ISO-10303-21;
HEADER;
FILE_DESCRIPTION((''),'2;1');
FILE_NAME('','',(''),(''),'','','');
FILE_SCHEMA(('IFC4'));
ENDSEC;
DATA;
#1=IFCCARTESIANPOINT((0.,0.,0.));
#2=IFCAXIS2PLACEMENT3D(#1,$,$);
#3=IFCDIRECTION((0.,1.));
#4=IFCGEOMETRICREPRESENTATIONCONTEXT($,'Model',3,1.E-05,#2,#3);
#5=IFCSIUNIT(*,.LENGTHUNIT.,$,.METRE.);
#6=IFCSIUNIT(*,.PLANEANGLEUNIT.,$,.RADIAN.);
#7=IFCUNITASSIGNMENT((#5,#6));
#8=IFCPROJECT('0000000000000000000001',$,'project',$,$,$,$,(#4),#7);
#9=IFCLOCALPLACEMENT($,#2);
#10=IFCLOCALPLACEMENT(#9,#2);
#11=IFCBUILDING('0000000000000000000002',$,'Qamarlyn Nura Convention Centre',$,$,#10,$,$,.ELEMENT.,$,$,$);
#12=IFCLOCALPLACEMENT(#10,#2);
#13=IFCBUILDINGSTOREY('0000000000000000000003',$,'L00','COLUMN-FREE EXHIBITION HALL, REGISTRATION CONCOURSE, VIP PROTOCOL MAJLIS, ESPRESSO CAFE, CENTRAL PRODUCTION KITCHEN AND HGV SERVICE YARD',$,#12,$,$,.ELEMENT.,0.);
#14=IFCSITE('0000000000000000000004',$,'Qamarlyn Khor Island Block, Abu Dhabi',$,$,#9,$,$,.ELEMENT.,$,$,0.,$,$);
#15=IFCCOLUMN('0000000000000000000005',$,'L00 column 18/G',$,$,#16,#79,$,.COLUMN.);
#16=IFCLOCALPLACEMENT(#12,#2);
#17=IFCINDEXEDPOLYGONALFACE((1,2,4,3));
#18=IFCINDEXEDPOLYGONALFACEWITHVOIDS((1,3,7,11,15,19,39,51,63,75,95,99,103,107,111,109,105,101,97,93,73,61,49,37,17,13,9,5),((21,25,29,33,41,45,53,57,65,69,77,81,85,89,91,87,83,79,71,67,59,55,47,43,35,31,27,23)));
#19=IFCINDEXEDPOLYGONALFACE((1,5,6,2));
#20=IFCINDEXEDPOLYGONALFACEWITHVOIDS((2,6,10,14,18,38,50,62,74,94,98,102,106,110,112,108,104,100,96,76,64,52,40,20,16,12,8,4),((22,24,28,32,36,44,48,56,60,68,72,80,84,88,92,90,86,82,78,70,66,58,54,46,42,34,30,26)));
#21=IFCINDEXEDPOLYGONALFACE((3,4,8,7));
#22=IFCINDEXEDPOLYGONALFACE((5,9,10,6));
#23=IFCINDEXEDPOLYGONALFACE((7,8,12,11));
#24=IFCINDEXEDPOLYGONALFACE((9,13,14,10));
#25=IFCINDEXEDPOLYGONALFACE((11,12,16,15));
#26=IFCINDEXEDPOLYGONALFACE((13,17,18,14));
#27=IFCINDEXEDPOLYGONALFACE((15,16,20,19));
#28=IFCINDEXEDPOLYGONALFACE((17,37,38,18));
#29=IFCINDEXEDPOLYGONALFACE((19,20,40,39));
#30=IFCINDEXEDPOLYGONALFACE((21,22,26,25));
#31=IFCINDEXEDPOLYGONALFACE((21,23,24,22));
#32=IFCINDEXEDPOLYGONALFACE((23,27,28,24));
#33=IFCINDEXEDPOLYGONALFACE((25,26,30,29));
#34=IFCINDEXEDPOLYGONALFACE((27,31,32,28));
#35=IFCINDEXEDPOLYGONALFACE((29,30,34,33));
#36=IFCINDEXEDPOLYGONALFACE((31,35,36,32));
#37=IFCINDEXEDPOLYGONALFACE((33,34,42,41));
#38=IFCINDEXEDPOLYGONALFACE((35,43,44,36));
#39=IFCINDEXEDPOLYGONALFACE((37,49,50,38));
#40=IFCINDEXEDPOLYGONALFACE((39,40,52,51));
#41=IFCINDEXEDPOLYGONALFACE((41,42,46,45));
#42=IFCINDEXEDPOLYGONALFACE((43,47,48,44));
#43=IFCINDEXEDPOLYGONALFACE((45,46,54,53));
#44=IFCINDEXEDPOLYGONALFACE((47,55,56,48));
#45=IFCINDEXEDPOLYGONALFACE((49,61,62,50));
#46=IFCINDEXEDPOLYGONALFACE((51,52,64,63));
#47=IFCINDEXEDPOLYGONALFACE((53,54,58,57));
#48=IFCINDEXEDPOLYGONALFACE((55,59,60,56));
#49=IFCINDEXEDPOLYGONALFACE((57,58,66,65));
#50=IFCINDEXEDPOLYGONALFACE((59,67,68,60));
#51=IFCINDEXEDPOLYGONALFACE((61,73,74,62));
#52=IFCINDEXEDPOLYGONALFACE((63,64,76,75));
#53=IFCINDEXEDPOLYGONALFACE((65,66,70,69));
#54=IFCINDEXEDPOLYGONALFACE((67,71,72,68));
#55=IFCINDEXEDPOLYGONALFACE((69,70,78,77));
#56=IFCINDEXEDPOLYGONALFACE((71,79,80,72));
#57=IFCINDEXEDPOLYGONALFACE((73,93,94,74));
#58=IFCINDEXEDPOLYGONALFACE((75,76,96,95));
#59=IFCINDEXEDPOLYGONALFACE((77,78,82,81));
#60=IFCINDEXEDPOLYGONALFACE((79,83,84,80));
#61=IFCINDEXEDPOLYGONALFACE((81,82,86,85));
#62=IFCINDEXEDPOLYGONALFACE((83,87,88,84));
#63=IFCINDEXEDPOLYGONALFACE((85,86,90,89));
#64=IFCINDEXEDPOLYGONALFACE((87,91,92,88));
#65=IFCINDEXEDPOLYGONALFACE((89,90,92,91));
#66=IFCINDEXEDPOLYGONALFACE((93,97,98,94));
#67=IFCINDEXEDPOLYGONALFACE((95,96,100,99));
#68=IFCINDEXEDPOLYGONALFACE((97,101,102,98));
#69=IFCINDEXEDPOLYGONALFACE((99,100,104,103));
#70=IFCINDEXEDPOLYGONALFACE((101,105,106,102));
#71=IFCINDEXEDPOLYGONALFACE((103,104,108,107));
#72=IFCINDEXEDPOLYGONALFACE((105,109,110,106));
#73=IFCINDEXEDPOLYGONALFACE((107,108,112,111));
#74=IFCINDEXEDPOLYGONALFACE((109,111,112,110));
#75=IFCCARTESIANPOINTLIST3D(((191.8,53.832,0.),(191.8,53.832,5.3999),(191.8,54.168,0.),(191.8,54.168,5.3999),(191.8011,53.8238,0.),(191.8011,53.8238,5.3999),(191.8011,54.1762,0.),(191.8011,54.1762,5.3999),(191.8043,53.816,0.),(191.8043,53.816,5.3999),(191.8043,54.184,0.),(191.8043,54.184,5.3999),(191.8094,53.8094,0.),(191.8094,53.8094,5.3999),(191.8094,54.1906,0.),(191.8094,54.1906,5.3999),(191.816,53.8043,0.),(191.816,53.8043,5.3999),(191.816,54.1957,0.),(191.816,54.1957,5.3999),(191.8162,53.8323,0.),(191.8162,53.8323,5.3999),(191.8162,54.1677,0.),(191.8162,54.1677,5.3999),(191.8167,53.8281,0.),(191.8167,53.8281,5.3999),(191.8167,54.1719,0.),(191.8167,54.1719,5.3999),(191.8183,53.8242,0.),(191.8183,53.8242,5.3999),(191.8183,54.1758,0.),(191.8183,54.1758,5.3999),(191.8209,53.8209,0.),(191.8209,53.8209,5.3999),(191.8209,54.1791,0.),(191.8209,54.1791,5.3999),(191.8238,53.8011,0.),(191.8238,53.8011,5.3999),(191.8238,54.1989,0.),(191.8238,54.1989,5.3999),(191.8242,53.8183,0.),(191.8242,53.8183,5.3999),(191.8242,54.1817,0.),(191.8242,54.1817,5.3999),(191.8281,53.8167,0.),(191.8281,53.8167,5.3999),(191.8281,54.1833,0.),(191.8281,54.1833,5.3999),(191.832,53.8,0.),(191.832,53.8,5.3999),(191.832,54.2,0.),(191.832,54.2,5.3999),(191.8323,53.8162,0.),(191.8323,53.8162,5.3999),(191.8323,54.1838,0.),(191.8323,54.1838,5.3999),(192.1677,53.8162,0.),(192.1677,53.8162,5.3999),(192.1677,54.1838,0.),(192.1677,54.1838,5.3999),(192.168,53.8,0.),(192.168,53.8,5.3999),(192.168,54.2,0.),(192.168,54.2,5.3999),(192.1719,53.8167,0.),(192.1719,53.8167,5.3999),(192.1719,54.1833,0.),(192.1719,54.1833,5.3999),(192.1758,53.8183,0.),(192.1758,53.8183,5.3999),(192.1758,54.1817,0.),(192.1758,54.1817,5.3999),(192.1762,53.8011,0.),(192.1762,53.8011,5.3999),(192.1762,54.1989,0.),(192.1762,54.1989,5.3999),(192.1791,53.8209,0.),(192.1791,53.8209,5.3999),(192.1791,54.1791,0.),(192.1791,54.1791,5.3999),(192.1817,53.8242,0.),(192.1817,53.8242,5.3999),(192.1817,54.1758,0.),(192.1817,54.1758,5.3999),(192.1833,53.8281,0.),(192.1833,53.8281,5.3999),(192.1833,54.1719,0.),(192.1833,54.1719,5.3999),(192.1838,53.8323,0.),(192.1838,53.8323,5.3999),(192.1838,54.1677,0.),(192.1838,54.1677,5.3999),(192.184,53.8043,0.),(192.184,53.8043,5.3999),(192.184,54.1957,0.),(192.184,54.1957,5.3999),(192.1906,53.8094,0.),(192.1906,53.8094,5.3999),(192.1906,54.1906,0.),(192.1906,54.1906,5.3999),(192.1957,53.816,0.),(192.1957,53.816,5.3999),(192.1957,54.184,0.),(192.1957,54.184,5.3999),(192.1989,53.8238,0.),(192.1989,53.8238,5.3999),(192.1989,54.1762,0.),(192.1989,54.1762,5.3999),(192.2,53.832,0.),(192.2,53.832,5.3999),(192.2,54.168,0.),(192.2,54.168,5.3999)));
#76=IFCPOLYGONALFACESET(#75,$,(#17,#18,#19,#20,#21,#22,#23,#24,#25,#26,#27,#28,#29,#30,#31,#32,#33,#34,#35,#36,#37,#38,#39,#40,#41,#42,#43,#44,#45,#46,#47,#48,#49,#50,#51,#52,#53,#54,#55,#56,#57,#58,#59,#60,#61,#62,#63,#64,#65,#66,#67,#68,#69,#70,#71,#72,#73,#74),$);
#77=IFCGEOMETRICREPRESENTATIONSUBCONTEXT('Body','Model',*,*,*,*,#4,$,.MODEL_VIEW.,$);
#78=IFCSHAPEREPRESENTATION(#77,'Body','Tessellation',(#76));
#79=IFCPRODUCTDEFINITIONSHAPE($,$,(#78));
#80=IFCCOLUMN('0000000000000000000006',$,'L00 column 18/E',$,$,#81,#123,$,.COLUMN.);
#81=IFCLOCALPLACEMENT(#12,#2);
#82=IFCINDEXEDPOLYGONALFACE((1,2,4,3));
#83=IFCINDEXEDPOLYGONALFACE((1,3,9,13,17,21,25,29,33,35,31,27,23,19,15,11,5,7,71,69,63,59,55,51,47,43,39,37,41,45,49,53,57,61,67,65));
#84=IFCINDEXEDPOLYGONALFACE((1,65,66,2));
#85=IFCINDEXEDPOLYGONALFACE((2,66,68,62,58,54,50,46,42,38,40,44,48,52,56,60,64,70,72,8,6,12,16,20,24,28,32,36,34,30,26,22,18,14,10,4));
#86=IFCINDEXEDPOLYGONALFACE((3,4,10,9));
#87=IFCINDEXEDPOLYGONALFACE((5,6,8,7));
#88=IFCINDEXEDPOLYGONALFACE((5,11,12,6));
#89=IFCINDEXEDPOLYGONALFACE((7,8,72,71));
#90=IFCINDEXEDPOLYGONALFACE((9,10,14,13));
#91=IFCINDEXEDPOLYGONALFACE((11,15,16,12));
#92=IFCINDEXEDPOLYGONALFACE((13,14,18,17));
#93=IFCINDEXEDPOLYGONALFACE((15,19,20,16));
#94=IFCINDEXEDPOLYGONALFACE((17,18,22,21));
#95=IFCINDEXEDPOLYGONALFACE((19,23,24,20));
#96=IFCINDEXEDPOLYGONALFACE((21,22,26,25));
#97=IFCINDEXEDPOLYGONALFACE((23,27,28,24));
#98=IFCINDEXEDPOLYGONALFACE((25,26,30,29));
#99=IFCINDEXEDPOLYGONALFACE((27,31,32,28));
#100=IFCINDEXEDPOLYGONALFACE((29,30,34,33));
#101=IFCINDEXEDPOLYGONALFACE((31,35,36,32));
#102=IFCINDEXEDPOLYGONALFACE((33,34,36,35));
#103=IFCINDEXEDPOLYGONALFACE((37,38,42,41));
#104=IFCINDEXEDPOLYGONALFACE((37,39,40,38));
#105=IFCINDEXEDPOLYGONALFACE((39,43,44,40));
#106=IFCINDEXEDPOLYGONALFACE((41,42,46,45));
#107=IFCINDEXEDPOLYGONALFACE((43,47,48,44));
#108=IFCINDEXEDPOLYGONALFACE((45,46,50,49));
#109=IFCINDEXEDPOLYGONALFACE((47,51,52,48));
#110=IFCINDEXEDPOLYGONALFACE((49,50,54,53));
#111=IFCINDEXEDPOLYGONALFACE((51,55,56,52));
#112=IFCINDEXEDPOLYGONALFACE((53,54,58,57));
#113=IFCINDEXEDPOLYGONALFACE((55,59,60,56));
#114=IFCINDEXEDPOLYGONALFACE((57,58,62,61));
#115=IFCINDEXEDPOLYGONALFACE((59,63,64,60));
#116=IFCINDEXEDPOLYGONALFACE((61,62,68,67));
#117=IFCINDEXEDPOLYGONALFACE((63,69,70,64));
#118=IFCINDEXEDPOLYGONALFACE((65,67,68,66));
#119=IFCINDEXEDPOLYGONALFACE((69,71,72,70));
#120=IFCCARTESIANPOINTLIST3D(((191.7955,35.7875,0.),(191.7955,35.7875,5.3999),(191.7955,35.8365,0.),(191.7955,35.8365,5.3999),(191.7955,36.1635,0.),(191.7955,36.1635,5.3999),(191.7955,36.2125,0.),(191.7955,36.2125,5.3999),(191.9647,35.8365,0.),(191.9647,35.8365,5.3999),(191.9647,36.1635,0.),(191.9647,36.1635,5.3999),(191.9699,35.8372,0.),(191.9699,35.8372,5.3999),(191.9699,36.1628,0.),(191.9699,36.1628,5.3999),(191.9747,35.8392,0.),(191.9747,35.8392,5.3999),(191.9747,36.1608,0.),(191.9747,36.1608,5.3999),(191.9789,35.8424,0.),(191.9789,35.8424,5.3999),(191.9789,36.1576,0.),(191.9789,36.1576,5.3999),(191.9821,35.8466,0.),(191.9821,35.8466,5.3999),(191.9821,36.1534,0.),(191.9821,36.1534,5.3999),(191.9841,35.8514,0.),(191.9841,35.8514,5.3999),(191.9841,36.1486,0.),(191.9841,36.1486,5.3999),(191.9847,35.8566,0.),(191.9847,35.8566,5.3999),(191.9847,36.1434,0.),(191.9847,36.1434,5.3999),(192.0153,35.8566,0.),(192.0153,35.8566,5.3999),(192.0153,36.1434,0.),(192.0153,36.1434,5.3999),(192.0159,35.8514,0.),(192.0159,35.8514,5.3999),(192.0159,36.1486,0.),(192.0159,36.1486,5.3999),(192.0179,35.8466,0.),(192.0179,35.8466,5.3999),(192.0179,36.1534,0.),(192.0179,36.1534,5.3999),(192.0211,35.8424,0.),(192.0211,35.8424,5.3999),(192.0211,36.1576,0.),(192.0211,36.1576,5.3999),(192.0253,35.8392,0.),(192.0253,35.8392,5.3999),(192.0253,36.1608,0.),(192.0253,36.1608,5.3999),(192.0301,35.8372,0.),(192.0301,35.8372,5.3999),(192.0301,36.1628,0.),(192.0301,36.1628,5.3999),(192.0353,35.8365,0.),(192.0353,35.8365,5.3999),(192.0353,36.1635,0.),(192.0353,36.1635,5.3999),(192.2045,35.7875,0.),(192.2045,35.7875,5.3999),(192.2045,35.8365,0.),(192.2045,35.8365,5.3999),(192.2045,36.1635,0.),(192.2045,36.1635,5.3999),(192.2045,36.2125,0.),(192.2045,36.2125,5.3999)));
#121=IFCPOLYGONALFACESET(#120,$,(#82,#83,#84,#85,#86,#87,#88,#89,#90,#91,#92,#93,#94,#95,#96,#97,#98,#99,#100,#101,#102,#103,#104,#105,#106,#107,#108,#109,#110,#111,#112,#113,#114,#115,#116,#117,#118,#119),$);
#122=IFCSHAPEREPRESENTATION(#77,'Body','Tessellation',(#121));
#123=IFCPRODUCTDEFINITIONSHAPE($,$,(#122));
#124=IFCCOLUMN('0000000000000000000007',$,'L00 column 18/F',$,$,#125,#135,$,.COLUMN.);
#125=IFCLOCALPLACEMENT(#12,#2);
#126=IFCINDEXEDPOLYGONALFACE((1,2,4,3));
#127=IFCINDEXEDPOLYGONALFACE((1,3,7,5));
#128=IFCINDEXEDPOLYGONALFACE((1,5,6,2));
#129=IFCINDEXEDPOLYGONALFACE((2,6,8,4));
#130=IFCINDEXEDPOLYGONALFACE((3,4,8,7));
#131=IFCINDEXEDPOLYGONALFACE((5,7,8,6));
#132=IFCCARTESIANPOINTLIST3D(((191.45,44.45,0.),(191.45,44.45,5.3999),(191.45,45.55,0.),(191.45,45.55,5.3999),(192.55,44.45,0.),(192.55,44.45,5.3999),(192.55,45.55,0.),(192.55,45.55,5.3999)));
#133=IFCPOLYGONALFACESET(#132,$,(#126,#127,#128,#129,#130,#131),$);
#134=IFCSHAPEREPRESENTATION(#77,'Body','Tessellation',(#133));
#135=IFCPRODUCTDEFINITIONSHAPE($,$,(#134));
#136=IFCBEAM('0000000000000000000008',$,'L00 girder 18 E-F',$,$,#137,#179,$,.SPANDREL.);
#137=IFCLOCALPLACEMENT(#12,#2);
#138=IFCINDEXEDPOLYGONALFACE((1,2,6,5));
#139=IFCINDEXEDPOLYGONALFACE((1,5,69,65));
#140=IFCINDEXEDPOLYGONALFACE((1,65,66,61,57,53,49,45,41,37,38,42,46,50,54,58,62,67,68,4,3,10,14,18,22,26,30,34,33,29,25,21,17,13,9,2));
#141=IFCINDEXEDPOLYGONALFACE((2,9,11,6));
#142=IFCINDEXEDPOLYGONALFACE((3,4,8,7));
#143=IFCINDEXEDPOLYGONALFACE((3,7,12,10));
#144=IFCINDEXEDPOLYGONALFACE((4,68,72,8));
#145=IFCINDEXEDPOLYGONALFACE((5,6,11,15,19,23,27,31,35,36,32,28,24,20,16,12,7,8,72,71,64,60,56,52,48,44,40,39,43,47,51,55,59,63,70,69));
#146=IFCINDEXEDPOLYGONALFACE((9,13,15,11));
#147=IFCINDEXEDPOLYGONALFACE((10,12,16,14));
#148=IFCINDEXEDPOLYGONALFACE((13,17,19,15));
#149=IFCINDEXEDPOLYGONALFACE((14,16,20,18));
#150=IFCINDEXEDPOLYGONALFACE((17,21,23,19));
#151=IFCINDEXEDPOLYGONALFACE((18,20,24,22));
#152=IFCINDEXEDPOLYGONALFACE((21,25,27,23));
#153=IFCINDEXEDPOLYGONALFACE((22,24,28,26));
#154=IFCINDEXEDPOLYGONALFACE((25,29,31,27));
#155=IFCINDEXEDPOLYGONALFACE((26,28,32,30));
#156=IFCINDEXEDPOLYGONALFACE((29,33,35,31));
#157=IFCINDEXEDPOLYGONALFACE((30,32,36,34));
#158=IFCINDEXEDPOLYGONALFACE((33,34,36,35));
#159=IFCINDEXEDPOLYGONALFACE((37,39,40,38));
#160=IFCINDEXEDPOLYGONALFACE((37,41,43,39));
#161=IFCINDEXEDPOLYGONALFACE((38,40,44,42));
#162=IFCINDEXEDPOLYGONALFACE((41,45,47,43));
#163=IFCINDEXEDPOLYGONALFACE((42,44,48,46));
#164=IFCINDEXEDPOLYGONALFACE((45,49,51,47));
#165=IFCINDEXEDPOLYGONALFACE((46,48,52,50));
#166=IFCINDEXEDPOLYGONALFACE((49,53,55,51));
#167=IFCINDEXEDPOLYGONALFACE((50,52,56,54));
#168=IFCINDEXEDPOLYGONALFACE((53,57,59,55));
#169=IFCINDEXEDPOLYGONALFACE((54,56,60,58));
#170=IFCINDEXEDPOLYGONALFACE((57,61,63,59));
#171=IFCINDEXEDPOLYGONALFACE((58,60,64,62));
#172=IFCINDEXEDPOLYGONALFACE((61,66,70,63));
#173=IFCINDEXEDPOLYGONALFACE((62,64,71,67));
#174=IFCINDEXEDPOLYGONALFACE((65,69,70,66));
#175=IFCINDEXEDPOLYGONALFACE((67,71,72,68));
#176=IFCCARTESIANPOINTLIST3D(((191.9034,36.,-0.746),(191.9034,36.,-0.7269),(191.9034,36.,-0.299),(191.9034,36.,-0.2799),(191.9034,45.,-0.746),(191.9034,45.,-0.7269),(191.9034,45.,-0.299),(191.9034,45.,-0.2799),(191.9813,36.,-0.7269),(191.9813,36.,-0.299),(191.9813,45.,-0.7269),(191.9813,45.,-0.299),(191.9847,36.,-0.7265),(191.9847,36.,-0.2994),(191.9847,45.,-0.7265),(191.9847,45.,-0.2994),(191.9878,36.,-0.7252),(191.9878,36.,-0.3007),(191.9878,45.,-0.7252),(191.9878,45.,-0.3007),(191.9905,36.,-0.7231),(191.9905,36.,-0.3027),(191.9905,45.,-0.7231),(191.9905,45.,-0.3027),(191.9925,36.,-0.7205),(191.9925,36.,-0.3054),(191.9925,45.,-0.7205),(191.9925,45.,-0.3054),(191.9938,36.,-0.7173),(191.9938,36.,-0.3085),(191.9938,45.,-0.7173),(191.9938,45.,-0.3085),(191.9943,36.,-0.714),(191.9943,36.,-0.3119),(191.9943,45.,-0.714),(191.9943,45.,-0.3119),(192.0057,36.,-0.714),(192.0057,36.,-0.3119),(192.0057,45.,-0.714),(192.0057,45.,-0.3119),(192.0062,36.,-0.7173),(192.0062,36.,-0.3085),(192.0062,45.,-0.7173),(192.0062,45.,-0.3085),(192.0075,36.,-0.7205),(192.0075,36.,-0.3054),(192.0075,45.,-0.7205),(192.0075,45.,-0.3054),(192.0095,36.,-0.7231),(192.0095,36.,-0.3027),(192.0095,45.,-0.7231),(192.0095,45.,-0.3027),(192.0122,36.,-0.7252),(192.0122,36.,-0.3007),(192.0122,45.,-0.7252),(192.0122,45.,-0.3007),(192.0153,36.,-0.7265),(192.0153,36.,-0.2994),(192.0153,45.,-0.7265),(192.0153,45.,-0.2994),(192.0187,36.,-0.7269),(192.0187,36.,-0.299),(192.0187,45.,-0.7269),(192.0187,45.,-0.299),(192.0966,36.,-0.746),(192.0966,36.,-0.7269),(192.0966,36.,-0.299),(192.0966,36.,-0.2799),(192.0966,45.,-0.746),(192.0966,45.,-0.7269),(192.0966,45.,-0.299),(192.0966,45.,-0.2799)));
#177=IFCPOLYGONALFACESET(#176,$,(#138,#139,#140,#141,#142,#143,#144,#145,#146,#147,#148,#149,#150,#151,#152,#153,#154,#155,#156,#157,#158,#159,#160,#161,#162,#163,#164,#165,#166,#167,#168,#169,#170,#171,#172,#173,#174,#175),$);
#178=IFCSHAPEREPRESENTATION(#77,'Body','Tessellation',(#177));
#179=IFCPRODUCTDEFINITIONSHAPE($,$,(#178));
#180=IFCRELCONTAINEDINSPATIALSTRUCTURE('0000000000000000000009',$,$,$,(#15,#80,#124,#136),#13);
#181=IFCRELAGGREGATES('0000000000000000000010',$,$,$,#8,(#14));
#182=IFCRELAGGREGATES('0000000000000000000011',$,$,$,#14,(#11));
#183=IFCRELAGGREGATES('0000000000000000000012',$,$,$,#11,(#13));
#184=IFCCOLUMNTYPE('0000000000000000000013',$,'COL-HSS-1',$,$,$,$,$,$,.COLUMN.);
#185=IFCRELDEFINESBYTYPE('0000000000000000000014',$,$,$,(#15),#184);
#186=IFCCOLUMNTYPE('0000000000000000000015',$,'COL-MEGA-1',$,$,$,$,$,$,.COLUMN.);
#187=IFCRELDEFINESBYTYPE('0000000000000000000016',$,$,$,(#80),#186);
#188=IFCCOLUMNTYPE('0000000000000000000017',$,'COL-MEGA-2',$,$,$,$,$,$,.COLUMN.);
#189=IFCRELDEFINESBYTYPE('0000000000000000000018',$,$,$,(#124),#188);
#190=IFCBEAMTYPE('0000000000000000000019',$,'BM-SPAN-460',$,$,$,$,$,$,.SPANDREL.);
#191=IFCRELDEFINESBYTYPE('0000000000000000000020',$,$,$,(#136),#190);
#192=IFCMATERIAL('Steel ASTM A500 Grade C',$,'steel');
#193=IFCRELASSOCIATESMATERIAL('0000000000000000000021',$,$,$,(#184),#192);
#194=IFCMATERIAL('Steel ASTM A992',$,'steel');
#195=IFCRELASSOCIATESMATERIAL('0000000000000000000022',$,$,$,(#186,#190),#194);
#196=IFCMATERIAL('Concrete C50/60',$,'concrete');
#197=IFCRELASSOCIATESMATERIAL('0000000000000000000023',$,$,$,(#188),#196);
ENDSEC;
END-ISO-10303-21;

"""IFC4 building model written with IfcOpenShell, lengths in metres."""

from ifc_helpers import new_model, si_unit, direction, frame, origin, origin_2d, place, context, subcontext, project, spatial, rectangle, hollow_rectangle, i_section, extrude, material, material_profile, profile_set, type_object, element, save


model = new_model("IFC4")

# Units and contexts
model_context = context("Model", 3, precision=1e-05, world=origin(), true_north=direction((0.0, 1.0)))
body_context = subcontext(model_context, "Body", "Model", "MODEL_VIEW")
ifc_project = project(units=[si_unit("LENGTHUNIT", "METRE"), si_unit("PLANEANGLEUNIT", "RADIAN")], contexts=[model_context])

# Site, building, storey
site_placement = place(None, origin())
site = spatial("IfcSite", under=ifc_project, at=site_placement, Name="Qamarlyn Khor Island Block, Abu Dhabi", CompositionType="ELEMENT", RefElevation=0.0)
building_placement = place(site_placement, origin())
building = spatial("IfcBuilding", under=site, at=building_placement, Name="Qamarlyn Nura Convention Centre", CompositionType="ELEMENT")
storey_placement = place(building_placement, origin())
storey = spatial("IfcBuildingStorey", under=building, at=storey_placement, Name="L00", Description="COLUMN-FREE EXHIBITION HALL, REGISTRATION CONCOURSE, VIP PROTOCOL MAJLIS, ESPRESSO CAFE, CENTRAL PRODUCTION KITCHEN AND HGV SERVICE YARD", CompositionType="ELEMENT", Elevation=0.0)

# Columns
ifc_material_1 = material(Name="Steel ASTM A500 Grade C", Category="steel")
ifc_material_profile_1 = material_profile(ifc_material_1, hollow_rectangle(XDim=0.3999, YDim=0.3999, WallThickness=0.0161, InnerFilletRadius=0.0161, OuterFilletRadius=0.032, at=origin_2d()), Name="HSS400X400X16")
ifc_profile_set_1 = profile_set([ifc_material_profile_1], Name="Steel ASTM A500 Grade C")
column_type_1 = type_object("IfcColumnType", Name="COL-HSS-1", PredefinedType="COLUMN", material=ifc_profile_set_1)
column_1_placement = place(storey_placement, frame((192.0, 54.0, 0.0), z_axis=(0.0, 0.0, 1.0), x_axis=(1.0, 0.0, 0.0)))
element("IfcColumn", 1, at=column_1_placement, inside=storey, type_object=column_type_1, Name="L00 column 18/G", PredefinedType="COLUMN", context=body_context, shape_type="SweptSolid", body=[
    extrude(hollow_rectangle(XDim=0.3999, YDim=0.3999, WallThickness=0.0161, InnerFilletRadius=0.0161, OuterFilletRadius=0.032, at=origin_2d()), origin(), (0.0, 0.0, 1.0), 5.3999),
])
ifc_material_2 = material(Name="Steel ASTM A992", Category="steel")
ifc_material_profile_2 = material_profile(ifc_material_2, i_section(OverallWidth=0.4089, OverallDepth=0.425, WebThickness=0.0305, FlangeThickness=0.0491, FilletRadius=0.02, at=origin_2d()), Name="W360X421")
ifc_profile_set_2 = profile_set([ifc_material_profile_2], Name="Steel ASTM A992")
column_type_2 = type_object("IfcColumnType", Name="COL-MEGA-1", PredefinedType="COLUMN", material=ifc_profile_set_2)
column_2_placement = place(storey_placement, frame((192.0, 36.0, 0.0), z_axis=(0.0, 0.0, 1.0), x_axis=(1.0, 0.0, 0.0)))
element("IfcColumn", 2, at=column_2_placement, inside=storey, type_object=column_type_2, Name="L00 column 18/E", PredefinedType="COLUMN", context=body_context, shape_type="SweptSolid", body=[
    extrude(i_section(OverallWidth=0.4089, OverallDepth=0.425, WebThickness=0.0305, FlangeThickness=0.0491, FilletRadius=0.02, at=origin_2d()), origin(), (0.0, 0.0, 1.0), 5.3999),
])
ifc_material_3 = material(Name="Concrete C50/60", Category="concrete")
ifc_material_profile_3 = material_profile(ifc_material_3, rectangle(XDim=1.1001, YDim=1.1001, at=origin_2d()), Name="RC 1100x1100")
ifc_profile_set_3 = profile_set([ifc_material_profile_3], Name="Concrete C50/60")
column_type_3 = type_object("IfcColumnType", Name="COL-MEGA-2", PredefinedType="COLUMN", material=ifc_profile_set_3)
column_3_placement = place(storey_placement, frame((192.0, 45.0, 0.0), z_axis=(0.0, 0.0, 1.0), x_axis=(1.0, 0.0, 0.0)))
element("IfcColumn", 3, at=column_3_placement, inside=storey, type_object=column_type_3, Name="L00 column 18/F", PredefinedType="COLUMN", context=body_context, shape_type="SweptSolid", body=[
    extrude(rectangle(XDim=1.1001, YDim=1.1001, at=origin_2d()), origin(), (0.0, 0.0, 1.0), 5.3999),
])

# Beam
ifc_material_profile_4 = material_profile(ifc_material_2, i_section(OverallWidth=0.1931, OverallDepth=0.4661, WebThickness=0.0115, FlangeThickness=0.019, FilletRadius=0.0129, at=origin_2d()), Name="W460X97")
ifc_profile_set_4 = profile_set([ifc_material_profile_4], Name="Steel ASTM A992")
beam_type_1 = type_object("IfcBeamType", Name="BM-SPAN-460", PredefinedType="SPANDREL", material=ifc_profile_set_4)
beam_1_placement = place(storey_placement, frame((192.0, 36.0, -0.5129), z_axis=(0.0, 1.0, 0.0), x_axis=(-1.0, 0.0, 0.0)))
element("IfcBeam", 4, at=beam_1_placement, inside=storey, type_object=beam_type_1, Name="L00 girder 18 E-F", PredefinedType="SPANDREL", context=body_context, shape_type="SweptSolid", body=[
    extrude(i_section(OverallWidth=0.1931, OverallDepth=0.4661, WebThickness=0.0115, FlangeThickness=0.019, FilletRadius=0.0129, at=origin_2d()), origin(), (0.0, 0.0, 1.0), 9.0),
])

save(model, "model.ifc")
